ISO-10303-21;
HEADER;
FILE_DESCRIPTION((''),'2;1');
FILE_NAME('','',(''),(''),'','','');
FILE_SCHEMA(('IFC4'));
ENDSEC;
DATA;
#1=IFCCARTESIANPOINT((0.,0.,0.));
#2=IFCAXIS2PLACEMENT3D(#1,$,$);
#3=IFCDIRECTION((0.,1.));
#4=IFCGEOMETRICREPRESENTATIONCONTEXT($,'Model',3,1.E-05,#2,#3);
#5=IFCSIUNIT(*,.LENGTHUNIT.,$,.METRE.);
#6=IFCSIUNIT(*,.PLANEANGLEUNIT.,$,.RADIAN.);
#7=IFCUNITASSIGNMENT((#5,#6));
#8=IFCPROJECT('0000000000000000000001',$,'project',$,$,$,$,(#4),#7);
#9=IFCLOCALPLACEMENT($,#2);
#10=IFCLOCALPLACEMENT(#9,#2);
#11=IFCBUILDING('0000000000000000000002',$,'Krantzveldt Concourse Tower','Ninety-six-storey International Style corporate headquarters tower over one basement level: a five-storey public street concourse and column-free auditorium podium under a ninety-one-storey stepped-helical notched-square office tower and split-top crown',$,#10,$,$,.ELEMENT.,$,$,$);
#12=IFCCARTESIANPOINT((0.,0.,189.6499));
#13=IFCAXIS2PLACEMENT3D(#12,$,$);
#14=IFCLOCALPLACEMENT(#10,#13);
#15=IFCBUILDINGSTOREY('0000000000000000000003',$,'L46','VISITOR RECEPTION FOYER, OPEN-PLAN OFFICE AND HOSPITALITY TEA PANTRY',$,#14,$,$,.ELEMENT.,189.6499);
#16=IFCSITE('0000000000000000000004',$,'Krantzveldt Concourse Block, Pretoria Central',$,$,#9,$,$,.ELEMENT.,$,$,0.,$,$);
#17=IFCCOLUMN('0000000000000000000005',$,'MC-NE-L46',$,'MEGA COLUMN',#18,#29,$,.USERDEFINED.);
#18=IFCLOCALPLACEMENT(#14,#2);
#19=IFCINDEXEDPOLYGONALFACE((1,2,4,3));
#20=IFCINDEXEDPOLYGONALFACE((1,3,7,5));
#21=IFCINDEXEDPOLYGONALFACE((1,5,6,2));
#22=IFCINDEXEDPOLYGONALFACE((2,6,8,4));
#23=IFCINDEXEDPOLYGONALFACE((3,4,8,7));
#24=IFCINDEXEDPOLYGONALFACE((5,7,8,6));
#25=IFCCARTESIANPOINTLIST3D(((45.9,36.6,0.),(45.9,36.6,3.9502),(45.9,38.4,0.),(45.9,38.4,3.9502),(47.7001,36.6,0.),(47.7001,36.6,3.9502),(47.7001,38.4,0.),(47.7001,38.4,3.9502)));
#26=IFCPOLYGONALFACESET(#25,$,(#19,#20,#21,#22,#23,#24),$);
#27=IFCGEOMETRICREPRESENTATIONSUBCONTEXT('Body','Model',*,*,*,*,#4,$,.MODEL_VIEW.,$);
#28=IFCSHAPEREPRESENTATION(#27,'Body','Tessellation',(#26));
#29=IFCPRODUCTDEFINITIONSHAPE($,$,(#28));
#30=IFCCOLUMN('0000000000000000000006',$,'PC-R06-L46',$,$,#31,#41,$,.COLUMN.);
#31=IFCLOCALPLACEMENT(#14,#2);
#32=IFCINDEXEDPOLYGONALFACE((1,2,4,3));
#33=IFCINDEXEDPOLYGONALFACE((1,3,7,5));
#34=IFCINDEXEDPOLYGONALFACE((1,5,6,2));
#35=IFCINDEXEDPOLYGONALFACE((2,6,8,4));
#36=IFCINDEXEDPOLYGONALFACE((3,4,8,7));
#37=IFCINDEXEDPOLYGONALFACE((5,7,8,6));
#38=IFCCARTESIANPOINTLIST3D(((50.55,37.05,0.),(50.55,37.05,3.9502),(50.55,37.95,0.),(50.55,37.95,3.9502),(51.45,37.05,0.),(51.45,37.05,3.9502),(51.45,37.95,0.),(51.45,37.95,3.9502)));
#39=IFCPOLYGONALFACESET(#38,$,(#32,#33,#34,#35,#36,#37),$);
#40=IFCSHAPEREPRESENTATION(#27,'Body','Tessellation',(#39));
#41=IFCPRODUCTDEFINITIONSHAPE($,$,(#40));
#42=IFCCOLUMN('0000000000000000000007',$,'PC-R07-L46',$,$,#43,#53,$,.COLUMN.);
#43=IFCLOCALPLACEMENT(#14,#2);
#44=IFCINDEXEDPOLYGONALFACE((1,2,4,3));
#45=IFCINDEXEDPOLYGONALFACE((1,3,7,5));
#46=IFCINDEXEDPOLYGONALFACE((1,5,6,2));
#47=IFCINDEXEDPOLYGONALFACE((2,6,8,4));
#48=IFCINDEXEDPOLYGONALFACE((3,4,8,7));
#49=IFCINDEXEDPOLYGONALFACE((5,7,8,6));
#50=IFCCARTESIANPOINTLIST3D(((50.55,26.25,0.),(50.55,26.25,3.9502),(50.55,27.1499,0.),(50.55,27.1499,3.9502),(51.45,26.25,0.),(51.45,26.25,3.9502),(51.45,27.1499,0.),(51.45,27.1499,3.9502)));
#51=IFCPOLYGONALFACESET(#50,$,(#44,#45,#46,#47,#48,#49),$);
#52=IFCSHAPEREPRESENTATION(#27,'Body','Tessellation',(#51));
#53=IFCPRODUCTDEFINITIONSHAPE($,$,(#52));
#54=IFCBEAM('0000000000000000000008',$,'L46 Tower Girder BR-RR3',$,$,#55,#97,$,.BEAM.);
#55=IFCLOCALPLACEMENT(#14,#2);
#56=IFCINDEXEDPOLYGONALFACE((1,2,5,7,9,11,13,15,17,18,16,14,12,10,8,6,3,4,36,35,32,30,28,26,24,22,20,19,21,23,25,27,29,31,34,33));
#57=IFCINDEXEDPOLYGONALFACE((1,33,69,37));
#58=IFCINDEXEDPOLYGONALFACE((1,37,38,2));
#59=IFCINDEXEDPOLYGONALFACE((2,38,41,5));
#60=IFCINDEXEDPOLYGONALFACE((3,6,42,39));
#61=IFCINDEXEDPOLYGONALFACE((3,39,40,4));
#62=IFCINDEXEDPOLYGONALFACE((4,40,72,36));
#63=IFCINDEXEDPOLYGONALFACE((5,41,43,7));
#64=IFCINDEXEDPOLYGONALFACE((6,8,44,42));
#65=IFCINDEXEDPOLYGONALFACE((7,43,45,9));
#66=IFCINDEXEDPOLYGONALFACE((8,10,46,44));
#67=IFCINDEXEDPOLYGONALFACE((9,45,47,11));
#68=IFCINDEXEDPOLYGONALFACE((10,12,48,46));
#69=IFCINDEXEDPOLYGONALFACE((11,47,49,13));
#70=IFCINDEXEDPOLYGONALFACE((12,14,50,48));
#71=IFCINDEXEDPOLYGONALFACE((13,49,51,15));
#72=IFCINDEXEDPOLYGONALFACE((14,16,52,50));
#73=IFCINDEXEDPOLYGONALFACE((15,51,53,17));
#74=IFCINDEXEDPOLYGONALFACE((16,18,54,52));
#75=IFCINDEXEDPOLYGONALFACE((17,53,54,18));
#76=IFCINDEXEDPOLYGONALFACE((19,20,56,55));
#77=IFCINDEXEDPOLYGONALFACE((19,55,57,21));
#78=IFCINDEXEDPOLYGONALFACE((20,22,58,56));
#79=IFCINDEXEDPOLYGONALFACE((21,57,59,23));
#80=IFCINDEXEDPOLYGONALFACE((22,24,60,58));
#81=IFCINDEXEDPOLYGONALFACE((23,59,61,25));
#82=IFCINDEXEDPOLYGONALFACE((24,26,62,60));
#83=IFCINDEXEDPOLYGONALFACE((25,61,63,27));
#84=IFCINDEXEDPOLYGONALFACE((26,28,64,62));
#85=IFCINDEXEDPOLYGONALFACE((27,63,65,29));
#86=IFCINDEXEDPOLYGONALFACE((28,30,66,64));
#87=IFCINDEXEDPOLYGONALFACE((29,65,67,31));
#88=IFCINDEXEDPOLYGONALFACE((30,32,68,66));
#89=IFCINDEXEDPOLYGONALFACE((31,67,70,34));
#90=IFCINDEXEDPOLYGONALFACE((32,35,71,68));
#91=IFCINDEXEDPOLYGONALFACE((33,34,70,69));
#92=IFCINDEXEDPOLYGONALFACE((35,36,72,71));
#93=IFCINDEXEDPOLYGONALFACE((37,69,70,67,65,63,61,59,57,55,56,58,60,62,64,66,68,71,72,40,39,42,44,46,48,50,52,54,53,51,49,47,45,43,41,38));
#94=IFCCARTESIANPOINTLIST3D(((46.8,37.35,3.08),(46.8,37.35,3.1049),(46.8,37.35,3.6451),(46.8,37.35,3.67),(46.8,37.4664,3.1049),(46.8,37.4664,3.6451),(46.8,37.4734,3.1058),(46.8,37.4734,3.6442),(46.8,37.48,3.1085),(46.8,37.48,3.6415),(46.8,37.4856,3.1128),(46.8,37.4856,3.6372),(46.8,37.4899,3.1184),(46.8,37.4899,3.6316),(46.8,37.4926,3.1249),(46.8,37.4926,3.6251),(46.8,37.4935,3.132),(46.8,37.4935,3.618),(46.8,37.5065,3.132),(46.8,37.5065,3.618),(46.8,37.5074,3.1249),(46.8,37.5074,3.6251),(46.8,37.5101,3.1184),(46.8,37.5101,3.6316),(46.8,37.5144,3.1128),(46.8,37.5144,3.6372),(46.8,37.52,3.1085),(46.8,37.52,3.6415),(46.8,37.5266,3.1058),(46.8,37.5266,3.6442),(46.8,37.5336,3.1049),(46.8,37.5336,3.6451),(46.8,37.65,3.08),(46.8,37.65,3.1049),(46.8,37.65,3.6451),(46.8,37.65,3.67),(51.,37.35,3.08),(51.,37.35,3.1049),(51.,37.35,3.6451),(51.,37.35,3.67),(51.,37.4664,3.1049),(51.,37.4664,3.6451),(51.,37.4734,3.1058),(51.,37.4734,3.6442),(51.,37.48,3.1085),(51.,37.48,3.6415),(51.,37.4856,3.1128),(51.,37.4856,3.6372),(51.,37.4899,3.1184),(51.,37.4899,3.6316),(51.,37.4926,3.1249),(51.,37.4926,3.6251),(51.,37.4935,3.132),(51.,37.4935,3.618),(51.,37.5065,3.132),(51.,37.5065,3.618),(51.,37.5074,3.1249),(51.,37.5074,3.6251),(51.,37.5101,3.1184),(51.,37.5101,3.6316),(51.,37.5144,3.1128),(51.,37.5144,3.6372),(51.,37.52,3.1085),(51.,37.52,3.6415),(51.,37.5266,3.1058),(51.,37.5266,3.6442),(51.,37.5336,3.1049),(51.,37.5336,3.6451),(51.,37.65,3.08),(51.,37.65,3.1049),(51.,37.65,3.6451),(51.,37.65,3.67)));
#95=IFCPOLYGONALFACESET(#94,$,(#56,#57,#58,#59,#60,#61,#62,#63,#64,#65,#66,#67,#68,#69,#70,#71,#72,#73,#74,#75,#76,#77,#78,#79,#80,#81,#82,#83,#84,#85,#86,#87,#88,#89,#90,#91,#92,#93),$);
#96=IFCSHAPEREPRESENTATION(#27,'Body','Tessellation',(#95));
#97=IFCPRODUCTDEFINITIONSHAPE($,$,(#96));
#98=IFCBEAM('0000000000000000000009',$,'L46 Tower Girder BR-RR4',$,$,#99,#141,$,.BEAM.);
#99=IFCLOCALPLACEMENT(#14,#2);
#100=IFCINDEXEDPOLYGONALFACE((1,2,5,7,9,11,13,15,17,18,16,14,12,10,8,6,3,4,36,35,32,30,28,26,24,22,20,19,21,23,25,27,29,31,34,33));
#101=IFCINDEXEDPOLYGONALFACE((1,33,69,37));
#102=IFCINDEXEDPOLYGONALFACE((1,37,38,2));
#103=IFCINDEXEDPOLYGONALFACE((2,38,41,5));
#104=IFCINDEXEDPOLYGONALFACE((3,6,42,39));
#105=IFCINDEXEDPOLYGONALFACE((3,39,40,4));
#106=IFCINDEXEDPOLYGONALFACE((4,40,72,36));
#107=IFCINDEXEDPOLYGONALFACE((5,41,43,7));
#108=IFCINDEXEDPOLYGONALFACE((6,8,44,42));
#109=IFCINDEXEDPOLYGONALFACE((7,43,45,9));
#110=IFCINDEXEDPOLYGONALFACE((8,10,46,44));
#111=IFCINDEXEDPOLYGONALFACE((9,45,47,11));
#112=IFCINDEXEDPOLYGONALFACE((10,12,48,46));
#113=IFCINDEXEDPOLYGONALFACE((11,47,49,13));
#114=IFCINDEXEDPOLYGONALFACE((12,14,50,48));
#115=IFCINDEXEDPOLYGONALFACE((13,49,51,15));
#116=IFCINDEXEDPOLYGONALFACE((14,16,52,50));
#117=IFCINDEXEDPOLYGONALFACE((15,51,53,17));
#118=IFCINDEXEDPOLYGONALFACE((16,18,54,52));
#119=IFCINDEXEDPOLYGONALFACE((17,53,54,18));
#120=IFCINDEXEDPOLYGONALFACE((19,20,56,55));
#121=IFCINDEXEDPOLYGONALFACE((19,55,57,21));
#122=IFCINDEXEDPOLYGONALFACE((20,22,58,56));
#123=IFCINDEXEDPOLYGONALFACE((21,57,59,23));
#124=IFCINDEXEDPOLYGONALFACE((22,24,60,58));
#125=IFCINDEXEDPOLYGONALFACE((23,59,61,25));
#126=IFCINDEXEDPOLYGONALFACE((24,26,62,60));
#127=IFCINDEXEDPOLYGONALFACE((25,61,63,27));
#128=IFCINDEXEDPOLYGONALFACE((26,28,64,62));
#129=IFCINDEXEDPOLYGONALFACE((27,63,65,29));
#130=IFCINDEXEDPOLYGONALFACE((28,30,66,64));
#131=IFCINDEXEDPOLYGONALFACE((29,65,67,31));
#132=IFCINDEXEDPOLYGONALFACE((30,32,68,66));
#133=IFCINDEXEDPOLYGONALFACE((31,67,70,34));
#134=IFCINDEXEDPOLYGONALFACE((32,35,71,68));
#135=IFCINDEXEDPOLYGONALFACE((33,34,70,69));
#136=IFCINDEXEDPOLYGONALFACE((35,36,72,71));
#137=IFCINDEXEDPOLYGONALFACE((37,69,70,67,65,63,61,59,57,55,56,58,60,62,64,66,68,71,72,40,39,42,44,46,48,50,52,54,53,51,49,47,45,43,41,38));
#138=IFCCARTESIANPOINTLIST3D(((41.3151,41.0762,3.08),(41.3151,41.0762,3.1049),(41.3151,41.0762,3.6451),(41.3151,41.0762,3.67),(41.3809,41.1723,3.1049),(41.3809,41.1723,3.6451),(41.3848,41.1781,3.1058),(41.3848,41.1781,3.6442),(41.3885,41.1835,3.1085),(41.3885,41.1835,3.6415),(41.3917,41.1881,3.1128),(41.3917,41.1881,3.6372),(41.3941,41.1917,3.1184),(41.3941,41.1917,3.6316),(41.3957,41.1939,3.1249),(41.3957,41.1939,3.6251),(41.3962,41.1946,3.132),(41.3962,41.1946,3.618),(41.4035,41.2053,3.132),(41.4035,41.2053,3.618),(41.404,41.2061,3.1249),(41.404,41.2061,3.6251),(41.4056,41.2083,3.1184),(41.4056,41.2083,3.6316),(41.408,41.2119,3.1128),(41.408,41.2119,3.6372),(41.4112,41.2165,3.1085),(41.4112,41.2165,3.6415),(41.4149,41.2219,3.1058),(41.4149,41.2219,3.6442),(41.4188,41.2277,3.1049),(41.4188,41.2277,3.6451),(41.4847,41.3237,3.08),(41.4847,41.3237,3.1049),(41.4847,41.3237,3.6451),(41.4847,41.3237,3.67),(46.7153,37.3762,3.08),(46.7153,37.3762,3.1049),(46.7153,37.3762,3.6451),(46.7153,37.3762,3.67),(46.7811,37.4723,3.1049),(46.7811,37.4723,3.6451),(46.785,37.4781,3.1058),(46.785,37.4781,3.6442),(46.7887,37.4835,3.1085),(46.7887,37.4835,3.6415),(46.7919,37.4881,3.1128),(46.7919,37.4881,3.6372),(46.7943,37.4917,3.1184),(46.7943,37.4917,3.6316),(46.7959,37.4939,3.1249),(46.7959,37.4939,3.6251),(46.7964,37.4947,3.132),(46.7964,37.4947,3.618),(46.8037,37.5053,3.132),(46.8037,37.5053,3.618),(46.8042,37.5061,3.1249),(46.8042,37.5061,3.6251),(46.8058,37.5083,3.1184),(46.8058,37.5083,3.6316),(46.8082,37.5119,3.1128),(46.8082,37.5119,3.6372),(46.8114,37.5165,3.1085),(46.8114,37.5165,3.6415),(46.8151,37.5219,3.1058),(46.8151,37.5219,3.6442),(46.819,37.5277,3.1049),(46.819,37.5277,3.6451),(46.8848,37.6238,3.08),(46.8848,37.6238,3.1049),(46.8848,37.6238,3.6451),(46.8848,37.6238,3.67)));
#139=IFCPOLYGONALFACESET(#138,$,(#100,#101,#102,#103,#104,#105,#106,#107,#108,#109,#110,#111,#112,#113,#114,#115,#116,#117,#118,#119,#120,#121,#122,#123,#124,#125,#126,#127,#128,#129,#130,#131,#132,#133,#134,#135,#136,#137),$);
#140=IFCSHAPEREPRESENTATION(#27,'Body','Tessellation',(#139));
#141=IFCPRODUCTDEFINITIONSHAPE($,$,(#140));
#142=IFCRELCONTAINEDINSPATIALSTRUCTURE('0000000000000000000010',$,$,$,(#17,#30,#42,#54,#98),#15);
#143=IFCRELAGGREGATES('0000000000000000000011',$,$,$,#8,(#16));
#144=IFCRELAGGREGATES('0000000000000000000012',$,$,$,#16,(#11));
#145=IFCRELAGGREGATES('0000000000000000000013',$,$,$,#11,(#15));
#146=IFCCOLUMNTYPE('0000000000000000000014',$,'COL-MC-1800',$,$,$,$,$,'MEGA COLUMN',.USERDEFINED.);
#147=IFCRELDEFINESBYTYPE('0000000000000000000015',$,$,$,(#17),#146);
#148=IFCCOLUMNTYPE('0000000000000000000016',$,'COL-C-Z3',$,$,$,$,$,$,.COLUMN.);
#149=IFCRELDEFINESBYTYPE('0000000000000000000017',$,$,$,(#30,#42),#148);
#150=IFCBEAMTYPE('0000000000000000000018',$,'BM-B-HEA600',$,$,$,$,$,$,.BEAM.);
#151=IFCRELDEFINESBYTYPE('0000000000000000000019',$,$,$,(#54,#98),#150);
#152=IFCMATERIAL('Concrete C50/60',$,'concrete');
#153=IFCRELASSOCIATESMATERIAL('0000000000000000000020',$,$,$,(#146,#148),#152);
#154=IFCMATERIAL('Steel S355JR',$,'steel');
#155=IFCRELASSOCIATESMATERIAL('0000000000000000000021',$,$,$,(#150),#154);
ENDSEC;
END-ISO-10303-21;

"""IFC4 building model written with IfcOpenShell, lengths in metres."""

from ifc_helpers import new_model, si_unit, direction, frame, origin, origin_2d, place, context, subcontext, project, spatial, rectangle, i_section, extrude, source, transform, mapped, material, material_profile, profile_set, type_object, type_shapes, element, save


model = new_model("IFC4")

# Units and contexts
model_context = context("Model", 3, precision=1e-05, world=origin(), true_north=direction((0.0, 1.0)))
body_context = subcontext(model_context, "Body", "Model", "MODEL_VIEW")
ifc_project = project(units=[si_unit("LENGTHUNIT", "METRE"), si_unit("PLANEANGLEUNIT", "RADIAN")], contexts=[model_context])

# Site, building, storey
site_placement = place(None, origin())
site = spatial("IfcSite", under=ifc_project, at=site_placement, Name="Krantzveldt Concourse Block, Pretoria Central", CompositionType="ELEMENT", RefElevation=0.0)
building_placement = place(site_placement, origin())
building = spatial("IfcBuilding", under=site, at=building_placement, Name="Krantzveldt Concourse Tower", Description="Ninety-six-storey International Style corporate headquarters tower over one basement level: a five-storey public street concourse and column-free auditorium podium under a ninety-one-storey stepped-helical notched-square office tower and split-top crown", CompositionType="ELEMENT")
storey_placement = place(building_placement, frame((0.0, 0.0, 189.6499)))
storey = spatial("IfcBuildingStorey", under=building, at=storey_placement, Name="L46", Description="VISITOR RECEPTION FOYER, OPEN-PLAN OFFICE AND HOSPITALITY TEA PANTRY", CompositionType="ELEMENT", Elevation=189.6499)

# Columns
ifc_material_1 = material(Name="Concrete C50/60", Category="concrete")
ifc_material_profile_1 = material_profile(ifc_material_1, rectangle(XDim=1.8, YDim=1.8, at=origin_2d()), Name="Concrete C50/60", Category="concrete")
ifc_profile_set_1 = profile_set([ifc_material_profile_1], Name="Concrete C50/60 - RC 1800x1800")
column_type_1 = type_object("IfcColumnType", Name="COL-MC-1800", ElementType="MEGA COLUMN", PredefinedType="USERDEFINED", material=ifc_profile_set_1)
shared_shape_1 = source(origin(), body_context, "Body", "SweptSolid", [
    extrude(rectangle(XDim=1.8, YDim=1.8, at=origin_2d()), origin(), (0.0, 0.0, 1.0), 3.9502),
])
type_shapes(column_type_1, [shared_shape_1])
column_placement = place(storey_placement, frame((46.8, 37.5, 0.0), z_axis=(0.0, 0.0, 1.0), x_axis=(1.0, 0.0, 0.0)))
element("IfcColumn", 1, at=column_placement, inside=storey, type_object=column_type_1, Name="MC-NE-L46", ObjectType="MEGA COLUMN", PredefinedType="USERDEFINED", context=body_context, shape_type="MappedRepresentation", body=[
    mapped(shared_shape_1, transform((0.0, 0.0, 0.0), x_axis=(1.0, 0.0, 0.0), y_axis=(0.0, 1.0, 0.0), z_axis=(0.0, 0.0, 1.0), scale=1.0)),
])
ifc_material_profile_2 = material_profile(ifc_material_1, rectangle(XDim=0.8999, YDim=0.8999, at=origin_2d()), Name="Concrete C50/60", Category="concrete")
ifc_profile_set_2 = profile_set([ifc_material_profile_2], Name="Concrete C50/60 - RC 900x900")
column_type_2 = type_object("IfcColumnType", Name="COL-C-Z3", PredefinedType="COLUMN", material=ifc_profile_set_2)
shared_shape_2 = source(origin(), body_context, "Body", "SweptSolid", [
    extrude(rectangle(XDim=0.8999, YDim=0.8999, at=origin_2d()), origin(), (0.0, 0.0, 1.0), 3.9502),
])
type_shapes(column_type_2, [shared_shape_2])
for number, where, z_axis, x_axis, name in (
    (2, (51.0, 37.5, 0.0), (0.0, 0.0, 1.0), (1.0, 0.0, 0.0), "PC-R06-L46"),
    (3, (51.0, 26.7, 0.0), (0.0, 0.0, 1.0), (1.0, 0.0, 0.0), "PC-R07-L46"),
):
    element("IfcColumn", number, at=place(storey_placement, frame(where, z_axis=z_axis, x_axis=x_axis)), inside=storey, type_object=column_type_2, Name=name, PredefinedType="COLUMN", context=body_context, shape_type="MappedRepresentation", body=[
        mapped(shared_shape_2, transform((0.0, 0.0, 0.0), x_axis=(1.0, 0.0, 0.0), y_axis=(0.0, 1.0, 0.0), z_axis=(0.0, 0.0, 1.0), scale=1.0)),
    ])

# Beams
ifc_material_2 = material(Name="Steel S355JR", Category="steel")
ifc_material_profile_3 = material_profile(ifc_material_2, i_section(OverallWidth=0.3, OverallDepth=0.5901, WebThickness=0.0129, FlangeThickness=0.0249, FilletRadius=0.0271, at=origin_2d()), Name="Steel S355JR", Category="steel")
ifc_profile_set_3 = profile_set([ifc_material_profile_3], Name="Steel S355JR - HEA 600")
beam_type_1 = type_object("IfcBeamType", Name="BM-B-HEA600", PredefinedType="BEAM", material=ifc_profile_set_3)
shared_shape_3 = source(origin(), body_context, "Body", "SweptSolid", [
    extrude(i_section(OverallWidth=0.3, OverallDepth=0.5901, WebThickness=0.0129, FlangeThickness=0.0249, FilletRadius=0.0271, at=origin_2d()), origin(), (0.0, 0.0, 1.0), 4.2),
])
beam_1_placement = place(storey_placement, frame((46.8, 37.5, 3.375), z_axis=(1.0, 0.0, 0.0), x_axis=(0.0, 1.0, 0.0)))
element("IfcBeam", 4, at=beam_1_placement, inside=storey, type_object=beam_type_1, Name="L46 Tower Girder BR-RR3", PredefinedType="BEAM", context=body_context, shape_type="MappedRepresentation", body=[
    mapped(shared_shape_3, transform((0.0, 0.0, 0.0), x_axis=(1.0, 0.0, 0.0), y_axis=(0.0, 1.0, 0.0), z_axis=(0.0, 0.0, 1.0), scale=1.0)),
])
shared_shape_4 = source(origin(), body_context, "Body", "SweptSolid", [
    extrude(i_section(OverallWidth=0.3, OverallDepth=0.5901, WebThickness=0.0129, FlangeThickness=0.0249, FilletRadius=0.0271, at=origin_2d()), origin(), (0.0, 0.0, 1.0), 6.5461),
])
type_shapes(beam_type_1, [shared_shape_3, shared_shape_4])
beam_2_placement = place(storey_placement, frame((46.8, 37.5, 3.375), z_axis=(-0.824943, 0.565216, 0.0), x_axis=(-0.565216, -0.824943, 0.0)))
element("IfcBeam", 5, at=beam_2_placement, inside=storey, type_object=beam_type_1, Name="L46 Tower Girder BR-RR4", PredefinedType="BEAM", context=body_context, shape_type="MappedRepresentation", body=[
    mapped(shared_shape_4, transform((0.0, 0.0, 0.0), x_axis=(1.0, 0.0, 0.0), y_axis=(0.0, 1.0, 0.0), z_axis=(0.0, 0.0, 1.0), scale=1.0)),
])

save(model, "model.ifc")
